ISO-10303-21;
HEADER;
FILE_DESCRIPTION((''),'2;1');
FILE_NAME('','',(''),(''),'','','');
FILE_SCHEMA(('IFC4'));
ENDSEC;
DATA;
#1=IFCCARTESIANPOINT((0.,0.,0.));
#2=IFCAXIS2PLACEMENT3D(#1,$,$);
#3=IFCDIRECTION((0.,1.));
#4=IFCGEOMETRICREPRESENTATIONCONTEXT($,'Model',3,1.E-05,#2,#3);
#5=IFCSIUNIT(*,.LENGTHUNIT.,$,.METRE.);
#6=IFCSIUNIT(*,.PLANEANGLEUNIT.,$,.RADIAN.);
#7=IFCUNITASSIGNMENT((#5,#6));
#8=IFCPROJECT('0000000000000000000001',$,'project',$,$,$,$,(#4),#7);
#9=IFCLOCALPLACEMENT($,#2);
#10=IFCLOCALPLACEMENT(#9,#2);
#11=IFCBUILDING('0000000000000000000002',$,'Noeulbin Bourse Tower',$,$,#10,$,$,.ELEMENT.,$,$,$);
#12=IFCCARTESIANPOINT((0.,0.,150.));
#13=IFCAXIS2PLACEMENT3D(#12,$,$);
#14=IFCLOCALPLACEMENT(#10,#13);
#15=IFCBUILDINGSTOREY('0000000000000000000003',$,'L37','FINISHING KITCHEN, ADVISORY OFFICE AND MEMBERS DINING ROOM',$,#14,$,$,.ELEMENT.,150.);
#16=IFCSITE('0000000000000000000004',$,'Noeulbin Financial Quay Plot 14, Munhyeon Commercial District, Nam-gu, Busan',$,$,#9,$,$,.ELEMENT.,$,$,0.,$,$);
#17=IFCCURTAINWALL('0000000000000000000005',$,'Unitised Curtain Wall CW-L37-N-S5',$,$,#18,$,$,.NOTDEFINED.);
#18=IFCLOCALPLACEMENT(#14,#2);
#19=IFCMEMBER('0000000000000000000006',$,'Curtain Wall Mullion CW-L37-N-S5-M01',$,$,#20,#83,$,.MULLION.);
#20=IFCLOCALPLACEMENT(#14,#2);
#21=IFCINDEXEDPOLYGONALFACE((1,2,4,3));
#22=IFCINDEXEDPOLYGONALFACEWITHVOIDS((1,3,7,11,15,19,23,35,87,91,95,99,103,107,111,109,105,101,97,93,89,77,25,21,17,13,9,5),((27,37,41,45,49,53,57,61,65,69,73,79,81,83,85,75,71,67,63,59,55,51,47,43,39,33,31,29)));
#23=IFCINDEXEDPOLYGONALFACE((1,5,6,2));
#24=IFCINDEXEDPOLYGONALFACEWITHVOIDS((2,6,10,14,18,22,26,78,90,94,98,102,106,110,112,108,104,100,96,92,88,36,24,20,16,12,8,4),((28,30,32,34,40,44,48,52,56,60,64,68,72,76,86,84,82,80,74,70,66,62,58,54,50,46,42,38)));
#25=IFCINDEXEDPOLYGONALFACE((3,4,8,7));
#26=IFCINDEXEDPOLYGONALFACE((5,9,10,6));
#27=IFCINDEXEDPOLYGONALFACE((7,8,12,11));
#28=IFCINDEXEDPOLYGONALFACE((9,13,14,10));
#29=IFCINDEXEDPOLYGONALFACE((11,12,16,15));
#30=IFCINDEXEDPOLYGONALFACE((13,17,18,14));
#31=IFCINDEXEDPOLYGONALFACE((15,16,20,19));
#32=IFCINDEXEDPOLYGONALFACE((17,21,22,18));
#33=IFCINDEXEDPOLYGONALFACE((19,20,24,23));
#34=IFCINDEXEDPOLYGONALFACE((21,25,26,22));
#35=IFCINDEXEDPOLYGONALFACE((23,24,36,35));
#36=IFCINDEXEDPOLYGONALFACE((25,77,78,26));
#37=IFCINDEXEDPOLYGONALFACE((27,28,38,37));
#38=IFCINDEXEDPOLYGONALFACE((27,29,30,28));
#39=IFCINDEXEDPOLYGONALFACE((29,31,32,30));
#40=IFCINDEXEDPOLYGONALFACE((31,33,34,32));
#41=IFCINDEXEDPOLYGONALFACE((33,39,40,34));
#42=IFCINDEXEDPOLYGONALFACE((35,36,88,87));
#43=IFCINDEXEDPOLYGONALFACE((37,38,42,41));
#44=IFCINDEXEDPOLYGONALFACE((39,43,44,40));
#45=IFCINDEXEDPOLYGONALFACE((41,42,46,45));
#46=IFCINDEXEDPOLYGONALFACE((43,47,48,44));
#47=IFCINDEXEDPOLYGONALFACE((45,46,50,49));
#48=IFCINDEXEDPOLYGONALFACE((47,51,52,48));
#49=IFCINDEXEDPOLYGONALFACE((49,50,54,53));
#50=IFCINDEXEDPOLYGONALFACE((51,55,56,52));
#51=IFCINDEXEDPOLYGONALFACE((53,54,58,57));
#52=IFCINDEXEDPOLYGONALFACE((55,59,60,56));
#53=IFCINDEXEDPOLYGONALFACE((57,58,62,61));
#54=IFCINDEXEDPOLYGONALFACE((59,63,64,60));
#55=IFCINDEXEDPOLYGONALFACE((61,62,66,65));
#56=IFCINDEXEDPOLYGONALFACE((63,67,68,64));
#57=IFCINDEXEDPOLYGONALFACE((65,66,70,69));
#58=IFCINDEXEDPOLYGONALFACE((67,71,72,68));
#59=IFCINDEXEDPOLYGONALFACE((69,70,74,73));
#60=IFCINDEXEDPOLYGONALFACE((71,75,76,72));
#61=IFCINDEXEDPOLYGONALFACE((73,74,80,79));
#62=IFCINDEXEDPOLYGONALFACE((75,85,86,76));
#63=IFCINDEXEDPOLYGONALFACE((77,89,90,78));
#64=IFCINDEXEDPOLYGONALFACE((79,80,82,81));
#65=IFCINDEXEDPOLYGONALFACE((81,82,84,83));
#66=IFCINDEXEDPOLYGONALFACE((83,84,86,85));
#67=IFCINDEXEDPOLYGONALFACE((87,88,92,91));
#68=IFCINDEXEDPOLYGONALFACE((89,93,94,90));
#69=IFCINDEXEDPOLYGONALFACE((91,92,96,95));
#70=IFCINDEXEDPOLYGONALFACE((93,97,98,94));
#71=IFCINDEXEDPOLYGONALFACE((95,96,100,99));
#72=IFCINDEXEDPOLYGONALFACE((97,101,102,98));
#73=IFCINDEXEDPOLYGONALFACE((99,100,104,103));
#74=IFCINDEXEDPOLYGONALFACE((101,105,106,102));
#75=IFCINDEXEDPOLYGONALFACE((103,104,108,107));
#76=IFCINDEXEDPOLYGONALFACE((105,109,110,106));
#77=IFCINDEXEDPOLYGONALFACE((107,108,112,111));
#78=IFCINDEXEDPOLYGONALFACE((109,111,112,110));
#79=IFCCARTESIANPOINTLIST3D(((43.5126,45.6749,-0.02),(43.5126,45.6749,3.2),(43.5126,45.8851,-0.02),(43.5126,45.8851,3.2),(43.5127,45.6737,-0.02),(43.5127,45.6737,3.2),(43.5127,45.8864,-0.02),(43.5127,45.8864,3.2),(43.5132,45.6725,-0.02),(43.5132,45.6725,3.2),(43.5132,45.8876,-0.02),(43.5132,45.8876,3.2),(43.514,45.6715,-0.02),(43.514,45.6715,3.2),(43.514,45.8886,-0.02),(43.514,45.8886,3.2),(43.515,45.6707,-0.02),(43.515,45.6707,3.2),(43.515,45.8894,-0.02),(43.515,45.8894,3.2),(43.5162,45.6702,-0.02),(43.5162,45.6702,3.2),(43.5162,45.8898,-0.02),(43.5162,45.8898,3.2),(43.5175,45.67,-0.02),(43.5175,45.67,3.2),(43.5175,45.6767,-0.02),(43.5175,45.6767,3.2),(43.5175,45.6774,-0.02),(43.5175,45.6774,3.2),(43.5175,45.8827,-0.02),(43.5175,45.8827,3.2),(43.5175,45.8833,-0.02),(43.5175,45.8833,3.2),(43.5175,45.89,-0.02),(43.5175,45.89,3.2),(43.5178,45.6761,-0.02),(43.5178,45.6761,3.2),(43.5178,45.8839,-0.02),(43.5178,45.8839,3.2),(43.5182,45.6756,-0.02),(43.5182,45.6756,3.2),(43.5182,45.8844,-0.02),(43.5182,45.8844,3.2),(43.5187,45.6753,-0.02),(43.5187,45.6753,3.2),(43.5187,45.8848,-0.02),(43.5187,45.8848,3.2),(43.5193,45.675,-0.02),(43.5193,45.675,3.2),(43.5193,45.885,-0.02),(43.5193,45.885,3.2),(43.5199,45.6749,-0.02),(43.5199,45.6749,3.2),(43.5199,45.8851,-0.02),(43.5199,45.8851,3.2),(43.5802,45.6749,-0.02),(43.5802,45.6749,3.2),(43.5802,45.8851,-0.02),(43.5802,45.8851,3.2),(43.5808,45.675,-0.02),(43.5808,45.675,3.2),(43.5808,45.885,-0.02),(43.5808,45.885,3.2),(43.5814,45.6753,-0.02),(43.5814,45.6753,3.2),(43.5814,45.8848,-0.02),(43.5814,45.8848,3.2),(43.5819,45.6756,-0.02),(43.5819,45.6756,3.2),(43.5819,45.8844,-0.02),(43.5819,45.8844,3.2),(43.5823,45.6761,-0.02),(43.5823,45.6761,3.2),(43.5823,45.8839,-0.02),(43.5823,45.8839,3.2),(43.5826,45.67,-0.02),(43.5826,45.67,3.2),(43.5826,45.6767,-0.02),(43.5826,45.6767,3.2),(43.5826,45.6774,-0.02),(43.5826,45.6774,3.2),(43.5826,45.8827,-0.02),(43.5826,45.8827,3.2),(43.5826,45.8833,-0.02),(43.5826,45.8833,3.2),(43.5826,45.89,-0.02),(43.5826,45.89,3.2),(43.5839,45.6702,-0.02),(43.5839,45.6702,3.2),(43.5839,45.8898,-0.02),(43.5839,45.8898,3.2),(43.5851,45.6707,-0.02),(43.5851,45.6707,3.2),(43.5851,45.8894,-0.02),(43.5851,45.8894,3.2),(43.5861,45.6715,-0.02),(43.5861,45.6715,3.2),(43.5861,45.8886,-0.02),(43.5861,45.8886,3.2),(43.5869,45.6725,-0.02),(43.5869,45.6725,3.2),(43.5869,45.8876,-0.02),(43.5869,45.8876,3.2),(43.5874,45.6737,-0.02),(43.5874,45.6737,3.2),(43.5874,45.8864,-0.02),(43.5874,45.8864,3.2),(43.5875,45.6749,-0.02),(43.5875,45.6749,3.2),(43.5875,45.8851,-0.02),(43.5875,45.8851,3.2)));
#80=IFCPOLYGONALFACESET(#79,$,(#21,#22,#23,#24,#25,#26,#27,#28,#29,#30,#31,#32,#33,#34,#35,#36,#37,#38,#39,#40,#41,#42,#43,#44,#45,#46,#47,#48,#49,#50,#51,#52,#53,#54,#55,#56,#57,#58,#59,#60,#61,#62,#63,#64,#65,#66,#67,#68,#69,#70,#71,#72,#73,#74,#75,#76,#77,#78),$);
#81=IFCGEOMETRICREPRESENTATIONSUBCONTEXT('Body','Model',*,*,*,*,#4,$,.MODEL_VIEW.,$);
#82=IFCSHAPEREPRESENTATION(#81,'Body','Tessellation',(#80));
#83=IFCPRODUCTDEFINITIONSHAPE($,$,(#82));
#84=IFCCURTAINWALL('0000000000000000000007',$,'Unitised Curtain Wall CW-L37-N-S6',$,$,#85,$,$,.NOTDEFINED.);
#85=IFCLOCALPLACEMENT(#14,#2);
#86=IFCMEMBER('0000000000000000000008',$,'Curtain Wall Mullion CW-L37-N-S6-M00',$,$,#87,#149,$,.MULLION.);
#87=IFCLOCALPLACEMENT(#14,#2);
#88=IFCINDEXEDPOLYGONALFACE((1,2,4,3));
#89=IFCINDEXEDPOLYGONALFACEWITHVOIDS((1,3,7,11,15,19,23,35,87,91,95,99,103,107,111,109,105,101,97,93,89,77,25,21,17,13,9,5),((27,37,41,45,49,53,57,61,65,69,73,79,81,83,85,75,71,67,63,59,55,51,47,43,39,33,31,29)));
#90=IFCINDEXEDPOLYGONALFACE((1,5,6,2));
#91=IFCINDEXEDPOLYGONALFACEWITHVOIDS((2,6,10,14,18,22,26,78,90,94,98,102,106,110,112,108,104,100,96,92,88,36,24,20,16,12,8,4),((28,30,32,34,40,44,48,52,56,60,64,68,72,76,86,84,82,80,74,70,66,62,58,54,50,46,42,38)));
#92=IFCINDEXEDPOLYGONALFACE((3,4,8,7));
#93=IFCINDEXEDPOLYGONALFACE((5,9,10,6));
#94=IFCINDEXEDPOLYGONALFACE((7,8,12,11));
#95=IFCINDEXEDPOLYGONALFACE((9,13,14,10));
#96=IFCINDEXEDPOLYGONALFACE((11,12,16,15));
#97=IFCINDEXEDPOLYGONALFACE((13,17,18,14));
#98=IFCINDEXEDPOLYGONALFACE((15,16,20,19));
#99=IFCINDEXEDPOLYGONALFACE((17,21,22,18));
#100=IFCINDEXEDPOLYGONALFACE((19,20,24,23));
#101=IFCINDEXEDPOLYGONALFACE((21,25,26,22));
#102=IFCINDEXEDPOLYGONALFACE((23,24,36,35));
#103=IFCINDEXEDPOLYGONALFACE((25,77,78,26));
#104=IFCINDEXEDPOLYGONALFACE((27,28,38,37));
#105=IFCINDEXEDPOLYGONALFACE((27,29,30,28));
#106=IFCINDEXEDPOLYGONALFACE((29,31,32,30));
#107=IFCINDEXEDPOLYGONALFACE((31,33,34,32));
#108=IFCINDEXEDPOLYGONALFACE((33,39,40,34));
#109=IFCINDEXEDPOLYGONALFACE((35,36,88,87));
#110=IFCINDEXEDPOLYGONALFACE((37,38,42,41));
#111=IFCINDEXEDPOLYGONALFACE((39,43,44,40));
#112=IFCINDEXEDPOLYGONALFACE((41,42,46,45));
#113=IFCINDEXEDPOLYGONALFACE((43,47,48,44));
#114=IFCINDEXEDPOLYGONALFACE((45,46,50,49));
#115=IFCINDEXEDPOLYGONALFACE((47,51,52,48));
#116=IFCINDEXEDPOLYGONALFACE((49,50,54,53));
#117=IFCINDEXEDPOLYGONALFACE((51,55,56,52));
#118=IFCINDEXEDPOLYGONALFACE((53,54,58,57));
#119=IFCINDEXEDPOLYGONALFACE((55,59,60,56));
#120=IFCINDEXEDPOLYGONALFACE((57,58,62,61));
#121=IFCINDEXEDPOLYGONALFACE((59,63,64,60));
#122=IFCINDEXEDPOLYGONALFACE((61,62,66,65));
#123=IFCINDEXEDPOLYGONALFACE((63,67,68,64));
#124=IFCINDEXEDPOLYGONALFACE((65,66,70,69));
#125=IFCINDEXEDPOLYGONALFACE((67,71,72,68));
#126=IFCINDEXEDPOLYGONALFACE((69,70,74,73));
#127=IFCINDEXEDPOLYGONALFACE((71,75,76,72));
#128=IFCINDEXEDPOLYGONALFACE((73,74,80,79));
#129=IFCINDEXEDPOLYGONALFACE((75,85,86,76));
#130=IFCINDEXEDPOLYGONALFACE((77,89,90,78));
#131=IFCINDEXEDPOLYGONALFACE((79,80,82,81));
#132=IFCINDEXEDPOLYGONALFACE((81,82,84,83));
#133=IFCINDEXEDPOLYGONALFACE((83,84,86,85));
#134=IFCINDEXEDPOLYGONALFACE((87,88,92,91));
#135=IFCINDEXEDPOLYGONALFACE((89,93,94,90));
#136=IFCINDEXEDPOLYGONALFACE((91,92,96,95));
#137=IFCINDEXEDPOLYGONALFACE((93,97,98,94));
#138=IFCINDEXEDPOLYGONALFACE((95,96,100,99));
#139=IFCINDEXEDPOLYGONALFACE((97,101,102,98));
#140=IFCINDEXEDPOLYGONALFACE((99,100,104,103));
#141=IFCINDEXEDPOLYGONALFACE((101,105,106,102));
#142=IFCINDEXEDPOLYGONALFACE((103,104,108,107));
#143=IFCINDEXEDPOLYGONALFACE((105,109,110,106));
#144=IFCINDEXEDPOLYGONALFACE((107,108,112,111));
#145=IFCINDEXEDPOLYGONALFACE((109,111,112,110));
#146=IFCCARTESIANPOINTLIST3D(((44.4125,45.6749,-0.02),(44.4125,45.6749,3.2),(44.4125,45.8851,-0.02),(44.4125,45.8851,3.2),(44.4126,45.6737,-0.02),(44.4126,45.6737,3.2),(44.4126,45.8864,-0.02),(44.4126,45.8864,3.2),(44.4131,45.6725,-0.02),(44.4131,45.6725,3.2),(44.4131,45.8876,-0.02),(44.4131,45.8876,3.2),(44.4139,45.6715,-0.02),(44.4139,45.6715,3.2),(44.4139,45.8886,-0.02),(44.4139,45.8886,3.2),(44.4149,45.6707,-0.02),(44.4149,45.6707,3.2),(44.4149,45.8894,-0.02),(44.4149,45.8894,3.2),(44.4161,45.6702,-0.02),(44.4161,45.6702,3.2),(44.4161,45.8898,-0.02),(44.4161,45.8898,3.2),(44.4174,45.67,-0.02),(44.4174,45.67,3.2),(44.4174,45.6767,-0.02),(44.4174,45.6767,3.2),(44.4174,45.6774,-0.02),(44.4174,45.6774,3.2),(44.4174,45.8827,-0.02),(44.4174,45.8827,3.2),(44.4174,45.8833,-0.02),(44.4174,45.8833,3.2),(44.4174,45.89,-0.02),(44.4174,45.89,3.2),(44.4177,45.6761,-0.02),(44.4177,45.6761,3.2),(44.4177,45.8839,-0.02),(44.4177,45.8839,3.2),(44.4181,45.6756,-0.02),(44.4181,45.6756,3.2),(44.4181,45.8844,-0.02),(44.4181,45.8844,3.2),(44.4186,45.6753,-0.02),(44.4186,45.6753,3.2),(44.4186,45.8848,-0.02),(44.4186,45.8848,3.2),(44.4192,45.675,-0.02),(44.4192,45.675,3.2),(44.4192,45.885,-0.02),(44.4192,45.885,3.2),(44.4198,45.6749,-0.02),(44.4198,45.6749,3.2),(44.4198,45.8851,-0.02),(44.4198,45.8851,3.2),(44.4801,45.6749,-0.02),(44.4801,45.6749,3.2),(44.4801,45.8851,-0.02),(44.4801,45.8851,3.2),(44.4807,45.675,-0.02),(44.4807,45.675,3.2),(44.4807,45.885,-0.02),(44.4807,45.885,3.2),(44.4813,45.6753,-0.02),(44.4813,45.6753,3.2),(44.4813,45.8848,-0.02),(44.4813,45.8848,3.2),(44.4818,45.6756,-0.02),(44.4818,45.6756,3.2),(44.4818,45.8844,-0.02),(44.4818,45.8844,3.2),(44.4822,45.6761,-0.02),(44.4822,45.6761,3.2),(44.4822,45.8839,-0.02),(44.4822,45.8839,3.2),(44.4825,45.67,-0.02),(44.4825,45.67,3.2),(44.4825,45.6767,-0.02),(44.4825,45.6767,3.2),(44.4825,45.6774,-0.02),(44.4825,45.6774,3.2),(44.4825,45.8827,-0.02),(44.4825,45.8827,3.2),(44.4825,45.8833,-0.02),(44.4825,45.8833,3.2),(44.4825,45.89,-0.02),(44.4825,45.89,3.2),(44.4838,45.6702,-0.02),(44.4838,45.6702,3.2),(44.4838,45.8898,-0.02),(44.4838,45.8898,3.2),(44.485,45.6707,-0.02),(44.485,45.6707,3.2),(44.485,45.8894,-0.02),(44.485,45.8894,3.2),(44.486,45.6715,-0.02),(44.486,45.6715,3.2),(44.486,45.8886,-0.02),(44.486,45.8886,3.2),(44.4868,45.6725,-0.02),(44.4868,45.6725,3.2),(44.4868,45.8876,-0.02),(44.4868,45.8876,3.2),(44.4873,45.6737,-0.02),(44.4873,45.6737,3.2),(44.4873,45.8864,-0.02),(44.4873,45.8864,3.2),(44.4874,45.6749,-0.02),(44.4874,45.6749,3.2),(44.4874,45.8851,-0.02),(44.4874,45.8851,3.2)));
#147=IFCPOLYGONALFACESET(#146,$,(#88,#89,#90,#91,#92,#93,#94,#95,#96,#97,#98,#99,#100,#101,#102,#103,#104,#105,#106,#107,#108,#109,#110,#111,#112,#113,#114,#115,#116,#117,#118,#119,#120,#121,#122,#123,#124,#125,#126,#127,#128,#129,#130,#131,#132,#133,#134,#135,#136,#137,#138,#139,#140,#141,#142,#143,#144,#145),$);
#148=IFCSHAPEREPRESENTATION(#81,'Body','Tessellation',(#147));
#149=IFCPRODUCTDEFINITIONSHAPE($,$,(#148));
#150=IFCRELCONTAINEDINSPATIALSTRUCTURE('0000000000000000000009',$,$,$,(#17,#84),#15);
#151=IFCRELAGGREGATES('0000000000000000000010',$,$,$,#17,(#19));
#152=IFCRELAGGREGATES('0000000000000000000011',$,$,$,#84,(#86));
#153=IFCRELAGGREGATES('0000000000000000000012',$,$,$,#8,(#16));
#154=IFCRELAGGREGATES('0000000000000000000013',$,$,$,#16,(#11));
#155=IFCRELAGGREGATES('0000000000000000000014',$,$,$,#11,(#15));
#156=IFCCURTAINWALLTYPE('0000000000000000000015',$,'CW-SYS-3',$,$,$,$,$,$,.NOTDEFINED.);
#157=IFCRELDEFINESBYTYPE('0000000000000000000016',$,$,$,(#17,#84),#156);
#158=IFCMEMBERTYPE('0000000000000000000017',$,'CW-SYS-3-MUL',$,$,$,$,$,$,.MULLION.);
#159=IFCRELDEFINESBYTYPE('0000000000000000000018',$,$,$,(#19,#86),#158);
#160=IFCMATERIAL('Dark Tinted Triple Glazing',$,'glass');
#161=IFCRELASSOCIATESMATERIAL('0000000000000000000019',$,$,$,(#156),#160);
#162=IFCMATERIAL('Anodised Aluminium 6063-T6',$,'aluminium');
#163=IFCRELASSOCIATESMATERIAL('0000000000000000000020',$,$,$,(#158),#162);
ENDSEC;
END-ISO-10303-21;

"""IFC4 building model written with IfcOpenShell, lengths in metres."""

from ifc_helpers import new_model, si_unit, direction, frame, origin, origin_2d, place, context, subcontext, project, spatial, hollow_rectangle, extrude, material, material_profile, profile_set, type_object, element, aggregate, save


model = new_model("IFC4")

# Units and contexts
model_context = context("Model", 3, precision=1e-05, world=origin(), true_north=direction((0.0, 1.0)))
body_context = subcontext(model_context, "Body", "Model", "MODEL_VIEW")
ifc_project = project(units=[si_unit("LENGTHUNIT", "METRE"), si_unit("PLANEANGLEUNIT", "RADIAN")], contexts=[model_context])

# Site, building, storey
site_placement = place(None, origin())
site = spatial("IfcSite", under=ifc_project, at=site_placement, Name="Noeulbin Financial Quay Plot 14, Munhyeon Commercial District, Nam-gu, Busan", CompositionType="ELEMENT", RefElevation=0.0)
building_placement = place(site_placement, origin())
building = spatial("IfcBuilding", under=site, at=building_placement, Name="Noeulbin Bourse Tower", CompositionType="ELEMENT")
storey_placement = place(building_placement, frame((0.0, 0.0, 150.0)))
storey = spatial("IfcBuildingStorey", under=building, at=storey_placement, Name="L37", Description="FINISHING KITCHEN, ADVISORY OFFICE AND MEMBERS DINING ROOM", CompositionType="ELEMENT", Elevation=150.0)

# Curtain wall, member
ifc_material_1 = material(Name="Dark Tinted Triple Glazing", Category="glass")
curtain_wall_type = type_object("IfcCurtainWallType", Name="CW-SYS-3", PredefinedType="NOTDEFINED", material=ifc_material_1)
curtain_wall_1_placement = place(storey_placement, origin())
curtain_wall_1 = element("IfcCurtainWall", 1, at=curtain_wall_1_placement, inside=storey, type_object=curtain_wall_type, Name="Unitised Curtain Wall CW-L37-N-S5", PredefinedType="NOTDEFINED")
ifc_material_2 = material(Name="Anodised Aluminium 6063-T6", Category="aluminium")
ifc_material_profile_1 = material_profile(ifc_material_2, hollow_rectangle(XDim=0.075, YDim=0.22, WallThickness=0.0049, InnerFilletRadius=0.0024, OuterFilletRadius=0.0049, at=origin_2d()), Name="ALU-MULL-75x220x5", Category="LoadBearing")
ifc_profile_set_1 = profile_set([ifc_material_profile_1], Name="Anodised Aluminium 6063-T6")
member_type_1 = type_object("IfcMemberType", Name="CW-SYS-3-MUL", PredefinedType="MULLION", material=ifc_profile_set_1)
member_1_placement = place(storey_placement, frame((43.55, 45.78, -0.02), z_axis=(0.0, 0.0, 1.0), x_axis=(1.0, 0.0, 0.0)))
member_1 = element("IfcMember", 2, at=member_1_placement, type_object=member_type_1, Name="Curtain Wall Mullion CW-L37-N-S5-M01", PredefinedType="MULLION", context=body_context, shape_type="SweptSolid", body=[
    extrude(hollow_rectangle(XDim=0.075, YDim=0.22, WallThickness=0.0049, InnerFilletRadius=0.0024, OuterFilletRadius=0.0049, at=origin_2d()), origin(), (0.0, 0.0, 1.0), 3.22),
])

# Curtain wall, member
curtain_wall_2_placement = place(storey_placement, origin())
curtain_wall_2 = element("IfcCurtainWall", 3, at=curtain_wall_2_placement, inside=storey, type_object=curtain_wall_type, Name="Unitised Curtain Wall CW-L37-N-S6", PredefinedType="NOTDEFINED")
member_2_placement = place(storey_placement, frame((44.45, 45.78, -0.02), z_axis=(0.0, 0.0, 1.0), x_axis=(1.0, 0.0, 0.0)))
member_2 = element("IfcMember", 4, at=member_2_placement, type_object=member_type_1, Name="Curtain Wall Mullion CW-L37-N-S6-M00", PredefinedType="MULLION", context=body_context, shape_type="SweptSolid", body=[
    extrude(hollow_rectangle(XDim=0.075, YDim=0.22, WallThickness=0.0049, InnerFilletRadius=0.0024, OuterFilletRadius=0.0049, at=origin_2d()), origin(), (0.0, 0.0, 1.0), 3.22),
])

aggregate(curtain_wall_1, [member_1])
aggregate(curtain_wall_2, [member_2])

save(model, "model.ifc")
